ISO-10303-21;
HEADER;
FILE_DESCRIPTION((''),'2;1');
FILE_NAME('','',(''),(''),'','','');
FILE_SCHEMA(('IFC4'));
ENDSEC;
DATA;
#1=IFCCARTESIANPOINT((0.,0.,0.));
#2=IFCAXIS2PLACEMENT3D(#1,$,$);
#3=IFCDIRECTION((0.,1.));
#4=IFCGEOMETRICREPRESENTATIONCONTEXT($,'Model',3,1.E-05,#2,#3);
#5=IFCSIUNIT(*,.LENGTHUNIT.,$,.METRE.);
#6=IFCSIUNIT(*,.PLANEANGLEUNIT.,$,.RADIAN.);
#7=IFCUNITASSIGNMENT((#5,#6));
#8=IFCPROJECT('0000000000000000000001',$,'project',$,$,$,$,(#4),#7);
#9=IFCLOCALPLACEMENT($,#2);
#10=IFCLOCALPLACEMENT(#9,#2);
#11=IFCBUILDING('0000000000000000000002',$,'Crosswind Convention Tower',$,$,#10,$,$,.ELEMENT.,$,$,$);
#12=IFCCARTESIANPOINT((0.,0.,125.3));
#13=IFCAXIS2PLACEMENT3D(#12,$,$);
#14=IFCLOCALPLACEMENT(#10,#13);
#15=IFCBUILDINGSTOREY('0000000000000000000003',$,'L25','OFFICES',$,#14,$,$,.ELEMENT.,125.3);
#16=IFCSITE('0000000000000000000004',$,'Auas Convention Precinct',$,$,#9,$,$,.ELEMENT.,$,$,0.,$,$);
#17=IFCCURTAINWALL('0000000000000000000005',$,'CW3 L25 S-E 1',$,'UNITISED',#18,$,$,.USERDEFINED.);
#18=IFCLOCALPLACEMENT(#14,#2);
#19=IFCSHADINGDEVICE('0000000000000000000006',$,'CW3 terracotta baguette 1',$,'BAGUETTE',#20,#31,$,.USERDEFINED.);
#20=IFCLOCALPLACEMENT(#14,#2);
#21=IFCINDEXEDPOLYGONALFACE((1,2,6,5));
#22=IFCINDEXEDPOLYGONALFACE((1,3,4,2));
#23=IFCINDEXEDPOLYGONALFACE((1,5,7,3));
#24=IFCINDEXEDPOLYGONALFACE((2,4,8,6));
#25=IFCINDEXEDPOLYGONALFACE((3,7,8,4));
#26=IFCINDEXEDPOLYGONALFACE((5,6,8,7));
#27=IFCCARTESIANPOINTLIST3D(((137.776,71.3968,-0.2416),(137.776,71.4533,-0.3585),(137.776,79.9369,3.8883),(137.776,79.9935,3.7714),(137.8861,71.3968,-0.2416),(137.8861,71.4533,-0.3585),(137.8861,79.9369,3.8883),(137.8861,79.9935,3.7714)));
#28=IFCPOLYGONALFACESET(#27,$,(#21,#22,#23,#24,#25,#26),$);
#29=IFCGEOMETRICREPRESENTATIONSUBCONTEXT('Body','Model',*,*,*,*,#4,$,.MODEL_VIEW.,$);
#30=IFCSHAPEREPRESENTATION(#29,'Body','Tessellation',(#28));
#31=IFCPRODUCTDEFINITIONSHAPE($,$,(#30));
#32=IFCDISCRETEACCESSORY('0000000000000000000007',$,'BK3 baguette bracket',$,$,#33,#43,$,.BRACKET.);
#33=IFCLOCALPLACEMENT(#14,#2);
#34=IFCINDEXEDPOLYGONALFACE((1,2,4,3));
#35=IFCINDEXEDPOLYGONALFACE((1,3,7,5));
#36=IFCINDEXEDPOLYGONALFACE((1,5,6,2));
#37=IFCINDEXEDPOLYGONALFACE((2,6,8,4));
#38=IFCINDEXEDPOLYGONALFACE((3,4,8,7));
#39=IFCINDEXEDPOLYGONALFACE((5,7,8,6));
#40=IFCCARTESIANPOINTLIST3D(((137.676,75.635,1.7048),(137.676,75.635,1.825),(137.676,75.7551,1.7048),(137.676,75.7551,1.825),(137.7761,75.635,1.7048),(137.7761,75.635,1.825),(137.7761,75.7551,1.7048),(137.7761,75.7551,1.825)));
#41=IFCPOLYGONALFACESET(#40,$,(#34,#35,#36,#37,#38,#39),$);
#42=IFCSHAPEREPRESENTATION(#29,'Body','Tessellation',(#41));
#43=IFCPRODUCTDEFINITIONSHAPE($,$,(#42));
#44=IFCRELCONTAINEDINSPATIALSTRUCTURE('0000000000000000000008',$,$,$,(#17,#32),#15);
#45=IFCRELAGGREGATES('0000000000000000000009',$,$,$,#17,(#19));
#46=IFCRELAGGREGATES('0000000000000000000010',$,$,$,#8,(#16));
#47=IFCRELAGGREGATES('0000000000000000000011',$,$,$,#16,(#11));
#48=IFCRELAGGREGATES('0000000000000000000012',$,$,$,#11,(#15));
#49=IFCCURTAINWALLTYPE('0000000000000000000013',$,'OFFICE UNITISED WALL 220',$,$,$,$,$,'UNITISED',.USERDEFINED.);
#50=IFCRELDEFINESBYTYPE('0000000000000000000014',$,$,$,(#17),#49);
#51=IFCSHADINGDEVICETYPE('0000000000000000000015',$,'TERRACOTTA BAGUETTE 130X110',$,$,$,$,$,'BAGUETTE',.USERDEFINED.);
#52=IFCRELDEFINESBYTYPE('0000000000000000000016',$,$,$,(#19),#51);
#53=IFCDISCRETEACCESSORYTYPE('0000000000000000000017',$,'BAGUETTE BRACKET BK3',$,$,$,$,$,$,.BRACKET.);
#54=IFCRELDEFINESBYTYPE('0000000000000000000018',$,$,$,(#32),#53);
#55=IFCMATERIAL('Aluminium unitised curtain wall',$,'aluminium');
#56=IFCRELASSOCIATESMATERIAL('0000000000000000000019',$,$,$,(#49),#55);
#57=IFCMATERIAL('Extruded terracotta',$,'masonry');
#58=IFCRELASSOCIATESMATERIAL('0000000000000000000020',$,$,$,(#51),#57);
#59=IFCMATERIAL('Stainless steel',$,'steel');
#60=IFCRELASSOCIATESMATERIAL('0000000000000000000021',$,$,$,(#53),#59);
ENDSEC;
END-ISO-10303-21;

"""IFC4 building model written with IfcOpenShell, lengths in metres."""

from ifc_helpers import new_model, si_unit, direction, frame, origin, origin_2d, place, context, subcontext, project, spatial, rectangle, extrude, material, material_profile, profile_set, type_object, element, aggregate, save


model = new_model("IFC4")

# Units and contexts
model_context = context("Model", 3, precision=1e-05, world=origin(), true_north=direction((0.0, 1.0)))
body_context = subcontext(model_context, "Body", "Model", "MODEL_VIEW")
ifc_project = project(units=[si_unit("LENGTHUNIT", "METRE"), si_unit("PLANEANGLEUNIT", "RADIAN")], contexts=[model_context])

# Site, building, storey
site_placement = place(None, origin())
site = spatial("IfcSite", under=ifc_project, at=site_placement, Name="Auas Convention Precinct", CompositionType="ELEMENT", RefElevation=0.0)
building_placement = place(site_placement, origin())
building = spatial("IfcBuilding", under=site, at=building_placement, Name="Crosswind Convention Tower", CompositionType="ELEMENT")
storey_placement = place(building_placement, frame((0.0, 0.0, 125.3)))
storey = spatial("IfcBuildingStorey", under=building, at=storey_placement, Name="L25", Description="OFFICES", CompositionType="ELEMENT", Elevation=125.3)

# Shared definitions
ifc_material_1 = material(Name="Aluminium unitised curtain wall", Category="aluminium")

# Curtain wall
curtain_wall_type_1 = type_object("IfcCurtainWallType", Name="OFFICE UNITISED WALL 220", ElementType="UNITISED", PredefinedType="USERDEFINED", material=ifc_material_1)
curtain_wall_1_placement = place(storey_placement, origin())
curtain_wall_1 = element("IfcCurtainWall", 1, at=curtain_wall_1_placement, inside=storey, type_object=curtain_wall_type_1, Name="CW3 L25 S-E 1", ObjectType="UNITISED", PredefinedType="USERDEFINED")

# Shading device
ifc_material_2 = material(Name="Extruded terracotta", Category="masonry")
ifc_material_profile_1 = material_profile(ifc_material_2, rectangle(XDim=0.1101, YDim=0.1299, at=origin_2d()), Name="TC 110X130")
ifc_profile_set_1 = profile_set([ifc_material_profile_1], Name="Extruded terracotta")
shading_device_type = type_object("IfcShadingDeviceType", Name="TERRACOTTA BAGUETTE 130X110", ElementType="BAGUETTE", PredefinedType="USERDEFINED", material=ifc_profile_set_1)
shading_device_1_placement = place(storey_placement, frame((137.8311, 71.425, -0.3), z_axis=(0.0, 0.900258, 0.435356), x_axis=(-1.0, 0.0, 0.0)))
shading_device_1 = element("IfcShadingDevice", 2, at=shading_device_1_placement, type_object=shading_device_type, Name="CW3 terracotta baguette 1", ObjectType="BAGUETTE", PredefinedType="USERDEFINED", context=body_context, shape_type="SweptSolid", body=[
    extrude(rectangle(XDim=0.1101, YDim=0.1299, at=origin_2d()), origin(), (0.0, 0.0, 1.0), 9.4863),
])
aggregate(curtain_wall_1, [shading_device_1])

# Discrete accessory
ifc_material_3 = material(Name="Stainless steel", Category="steel")
discrete_accessory_type = type_object("IfcDiscreteAccessoryType", Name="BAGUETTE BRACKET BK3", PredefinedType="BRACKET", material=ifc_material_3)
discrete_accessory_placement = place(storey_placement, frame((137.7261, 75.6951, 1.7048), z_axis=(0.0, 0.0, 1.0), x_axis=(0.0, 1.0, 0.0)))
element("IfcDiscreteAccessory", 3, at=discrete_accessory_placement, inside=storey, type_object=discrete_accessory_type, Name="BK3 baguette bracket", PredefinedType="BRACKET", context=body_context, shape_type="SweptSolid", body=[
    extrude(rectangle(XDim=0.1201, YDim=0.1001, at=origin_2d()), origin(), (0.0, 0.0, 1.0), 0.1201),
])

save(model, "model.ifc")
